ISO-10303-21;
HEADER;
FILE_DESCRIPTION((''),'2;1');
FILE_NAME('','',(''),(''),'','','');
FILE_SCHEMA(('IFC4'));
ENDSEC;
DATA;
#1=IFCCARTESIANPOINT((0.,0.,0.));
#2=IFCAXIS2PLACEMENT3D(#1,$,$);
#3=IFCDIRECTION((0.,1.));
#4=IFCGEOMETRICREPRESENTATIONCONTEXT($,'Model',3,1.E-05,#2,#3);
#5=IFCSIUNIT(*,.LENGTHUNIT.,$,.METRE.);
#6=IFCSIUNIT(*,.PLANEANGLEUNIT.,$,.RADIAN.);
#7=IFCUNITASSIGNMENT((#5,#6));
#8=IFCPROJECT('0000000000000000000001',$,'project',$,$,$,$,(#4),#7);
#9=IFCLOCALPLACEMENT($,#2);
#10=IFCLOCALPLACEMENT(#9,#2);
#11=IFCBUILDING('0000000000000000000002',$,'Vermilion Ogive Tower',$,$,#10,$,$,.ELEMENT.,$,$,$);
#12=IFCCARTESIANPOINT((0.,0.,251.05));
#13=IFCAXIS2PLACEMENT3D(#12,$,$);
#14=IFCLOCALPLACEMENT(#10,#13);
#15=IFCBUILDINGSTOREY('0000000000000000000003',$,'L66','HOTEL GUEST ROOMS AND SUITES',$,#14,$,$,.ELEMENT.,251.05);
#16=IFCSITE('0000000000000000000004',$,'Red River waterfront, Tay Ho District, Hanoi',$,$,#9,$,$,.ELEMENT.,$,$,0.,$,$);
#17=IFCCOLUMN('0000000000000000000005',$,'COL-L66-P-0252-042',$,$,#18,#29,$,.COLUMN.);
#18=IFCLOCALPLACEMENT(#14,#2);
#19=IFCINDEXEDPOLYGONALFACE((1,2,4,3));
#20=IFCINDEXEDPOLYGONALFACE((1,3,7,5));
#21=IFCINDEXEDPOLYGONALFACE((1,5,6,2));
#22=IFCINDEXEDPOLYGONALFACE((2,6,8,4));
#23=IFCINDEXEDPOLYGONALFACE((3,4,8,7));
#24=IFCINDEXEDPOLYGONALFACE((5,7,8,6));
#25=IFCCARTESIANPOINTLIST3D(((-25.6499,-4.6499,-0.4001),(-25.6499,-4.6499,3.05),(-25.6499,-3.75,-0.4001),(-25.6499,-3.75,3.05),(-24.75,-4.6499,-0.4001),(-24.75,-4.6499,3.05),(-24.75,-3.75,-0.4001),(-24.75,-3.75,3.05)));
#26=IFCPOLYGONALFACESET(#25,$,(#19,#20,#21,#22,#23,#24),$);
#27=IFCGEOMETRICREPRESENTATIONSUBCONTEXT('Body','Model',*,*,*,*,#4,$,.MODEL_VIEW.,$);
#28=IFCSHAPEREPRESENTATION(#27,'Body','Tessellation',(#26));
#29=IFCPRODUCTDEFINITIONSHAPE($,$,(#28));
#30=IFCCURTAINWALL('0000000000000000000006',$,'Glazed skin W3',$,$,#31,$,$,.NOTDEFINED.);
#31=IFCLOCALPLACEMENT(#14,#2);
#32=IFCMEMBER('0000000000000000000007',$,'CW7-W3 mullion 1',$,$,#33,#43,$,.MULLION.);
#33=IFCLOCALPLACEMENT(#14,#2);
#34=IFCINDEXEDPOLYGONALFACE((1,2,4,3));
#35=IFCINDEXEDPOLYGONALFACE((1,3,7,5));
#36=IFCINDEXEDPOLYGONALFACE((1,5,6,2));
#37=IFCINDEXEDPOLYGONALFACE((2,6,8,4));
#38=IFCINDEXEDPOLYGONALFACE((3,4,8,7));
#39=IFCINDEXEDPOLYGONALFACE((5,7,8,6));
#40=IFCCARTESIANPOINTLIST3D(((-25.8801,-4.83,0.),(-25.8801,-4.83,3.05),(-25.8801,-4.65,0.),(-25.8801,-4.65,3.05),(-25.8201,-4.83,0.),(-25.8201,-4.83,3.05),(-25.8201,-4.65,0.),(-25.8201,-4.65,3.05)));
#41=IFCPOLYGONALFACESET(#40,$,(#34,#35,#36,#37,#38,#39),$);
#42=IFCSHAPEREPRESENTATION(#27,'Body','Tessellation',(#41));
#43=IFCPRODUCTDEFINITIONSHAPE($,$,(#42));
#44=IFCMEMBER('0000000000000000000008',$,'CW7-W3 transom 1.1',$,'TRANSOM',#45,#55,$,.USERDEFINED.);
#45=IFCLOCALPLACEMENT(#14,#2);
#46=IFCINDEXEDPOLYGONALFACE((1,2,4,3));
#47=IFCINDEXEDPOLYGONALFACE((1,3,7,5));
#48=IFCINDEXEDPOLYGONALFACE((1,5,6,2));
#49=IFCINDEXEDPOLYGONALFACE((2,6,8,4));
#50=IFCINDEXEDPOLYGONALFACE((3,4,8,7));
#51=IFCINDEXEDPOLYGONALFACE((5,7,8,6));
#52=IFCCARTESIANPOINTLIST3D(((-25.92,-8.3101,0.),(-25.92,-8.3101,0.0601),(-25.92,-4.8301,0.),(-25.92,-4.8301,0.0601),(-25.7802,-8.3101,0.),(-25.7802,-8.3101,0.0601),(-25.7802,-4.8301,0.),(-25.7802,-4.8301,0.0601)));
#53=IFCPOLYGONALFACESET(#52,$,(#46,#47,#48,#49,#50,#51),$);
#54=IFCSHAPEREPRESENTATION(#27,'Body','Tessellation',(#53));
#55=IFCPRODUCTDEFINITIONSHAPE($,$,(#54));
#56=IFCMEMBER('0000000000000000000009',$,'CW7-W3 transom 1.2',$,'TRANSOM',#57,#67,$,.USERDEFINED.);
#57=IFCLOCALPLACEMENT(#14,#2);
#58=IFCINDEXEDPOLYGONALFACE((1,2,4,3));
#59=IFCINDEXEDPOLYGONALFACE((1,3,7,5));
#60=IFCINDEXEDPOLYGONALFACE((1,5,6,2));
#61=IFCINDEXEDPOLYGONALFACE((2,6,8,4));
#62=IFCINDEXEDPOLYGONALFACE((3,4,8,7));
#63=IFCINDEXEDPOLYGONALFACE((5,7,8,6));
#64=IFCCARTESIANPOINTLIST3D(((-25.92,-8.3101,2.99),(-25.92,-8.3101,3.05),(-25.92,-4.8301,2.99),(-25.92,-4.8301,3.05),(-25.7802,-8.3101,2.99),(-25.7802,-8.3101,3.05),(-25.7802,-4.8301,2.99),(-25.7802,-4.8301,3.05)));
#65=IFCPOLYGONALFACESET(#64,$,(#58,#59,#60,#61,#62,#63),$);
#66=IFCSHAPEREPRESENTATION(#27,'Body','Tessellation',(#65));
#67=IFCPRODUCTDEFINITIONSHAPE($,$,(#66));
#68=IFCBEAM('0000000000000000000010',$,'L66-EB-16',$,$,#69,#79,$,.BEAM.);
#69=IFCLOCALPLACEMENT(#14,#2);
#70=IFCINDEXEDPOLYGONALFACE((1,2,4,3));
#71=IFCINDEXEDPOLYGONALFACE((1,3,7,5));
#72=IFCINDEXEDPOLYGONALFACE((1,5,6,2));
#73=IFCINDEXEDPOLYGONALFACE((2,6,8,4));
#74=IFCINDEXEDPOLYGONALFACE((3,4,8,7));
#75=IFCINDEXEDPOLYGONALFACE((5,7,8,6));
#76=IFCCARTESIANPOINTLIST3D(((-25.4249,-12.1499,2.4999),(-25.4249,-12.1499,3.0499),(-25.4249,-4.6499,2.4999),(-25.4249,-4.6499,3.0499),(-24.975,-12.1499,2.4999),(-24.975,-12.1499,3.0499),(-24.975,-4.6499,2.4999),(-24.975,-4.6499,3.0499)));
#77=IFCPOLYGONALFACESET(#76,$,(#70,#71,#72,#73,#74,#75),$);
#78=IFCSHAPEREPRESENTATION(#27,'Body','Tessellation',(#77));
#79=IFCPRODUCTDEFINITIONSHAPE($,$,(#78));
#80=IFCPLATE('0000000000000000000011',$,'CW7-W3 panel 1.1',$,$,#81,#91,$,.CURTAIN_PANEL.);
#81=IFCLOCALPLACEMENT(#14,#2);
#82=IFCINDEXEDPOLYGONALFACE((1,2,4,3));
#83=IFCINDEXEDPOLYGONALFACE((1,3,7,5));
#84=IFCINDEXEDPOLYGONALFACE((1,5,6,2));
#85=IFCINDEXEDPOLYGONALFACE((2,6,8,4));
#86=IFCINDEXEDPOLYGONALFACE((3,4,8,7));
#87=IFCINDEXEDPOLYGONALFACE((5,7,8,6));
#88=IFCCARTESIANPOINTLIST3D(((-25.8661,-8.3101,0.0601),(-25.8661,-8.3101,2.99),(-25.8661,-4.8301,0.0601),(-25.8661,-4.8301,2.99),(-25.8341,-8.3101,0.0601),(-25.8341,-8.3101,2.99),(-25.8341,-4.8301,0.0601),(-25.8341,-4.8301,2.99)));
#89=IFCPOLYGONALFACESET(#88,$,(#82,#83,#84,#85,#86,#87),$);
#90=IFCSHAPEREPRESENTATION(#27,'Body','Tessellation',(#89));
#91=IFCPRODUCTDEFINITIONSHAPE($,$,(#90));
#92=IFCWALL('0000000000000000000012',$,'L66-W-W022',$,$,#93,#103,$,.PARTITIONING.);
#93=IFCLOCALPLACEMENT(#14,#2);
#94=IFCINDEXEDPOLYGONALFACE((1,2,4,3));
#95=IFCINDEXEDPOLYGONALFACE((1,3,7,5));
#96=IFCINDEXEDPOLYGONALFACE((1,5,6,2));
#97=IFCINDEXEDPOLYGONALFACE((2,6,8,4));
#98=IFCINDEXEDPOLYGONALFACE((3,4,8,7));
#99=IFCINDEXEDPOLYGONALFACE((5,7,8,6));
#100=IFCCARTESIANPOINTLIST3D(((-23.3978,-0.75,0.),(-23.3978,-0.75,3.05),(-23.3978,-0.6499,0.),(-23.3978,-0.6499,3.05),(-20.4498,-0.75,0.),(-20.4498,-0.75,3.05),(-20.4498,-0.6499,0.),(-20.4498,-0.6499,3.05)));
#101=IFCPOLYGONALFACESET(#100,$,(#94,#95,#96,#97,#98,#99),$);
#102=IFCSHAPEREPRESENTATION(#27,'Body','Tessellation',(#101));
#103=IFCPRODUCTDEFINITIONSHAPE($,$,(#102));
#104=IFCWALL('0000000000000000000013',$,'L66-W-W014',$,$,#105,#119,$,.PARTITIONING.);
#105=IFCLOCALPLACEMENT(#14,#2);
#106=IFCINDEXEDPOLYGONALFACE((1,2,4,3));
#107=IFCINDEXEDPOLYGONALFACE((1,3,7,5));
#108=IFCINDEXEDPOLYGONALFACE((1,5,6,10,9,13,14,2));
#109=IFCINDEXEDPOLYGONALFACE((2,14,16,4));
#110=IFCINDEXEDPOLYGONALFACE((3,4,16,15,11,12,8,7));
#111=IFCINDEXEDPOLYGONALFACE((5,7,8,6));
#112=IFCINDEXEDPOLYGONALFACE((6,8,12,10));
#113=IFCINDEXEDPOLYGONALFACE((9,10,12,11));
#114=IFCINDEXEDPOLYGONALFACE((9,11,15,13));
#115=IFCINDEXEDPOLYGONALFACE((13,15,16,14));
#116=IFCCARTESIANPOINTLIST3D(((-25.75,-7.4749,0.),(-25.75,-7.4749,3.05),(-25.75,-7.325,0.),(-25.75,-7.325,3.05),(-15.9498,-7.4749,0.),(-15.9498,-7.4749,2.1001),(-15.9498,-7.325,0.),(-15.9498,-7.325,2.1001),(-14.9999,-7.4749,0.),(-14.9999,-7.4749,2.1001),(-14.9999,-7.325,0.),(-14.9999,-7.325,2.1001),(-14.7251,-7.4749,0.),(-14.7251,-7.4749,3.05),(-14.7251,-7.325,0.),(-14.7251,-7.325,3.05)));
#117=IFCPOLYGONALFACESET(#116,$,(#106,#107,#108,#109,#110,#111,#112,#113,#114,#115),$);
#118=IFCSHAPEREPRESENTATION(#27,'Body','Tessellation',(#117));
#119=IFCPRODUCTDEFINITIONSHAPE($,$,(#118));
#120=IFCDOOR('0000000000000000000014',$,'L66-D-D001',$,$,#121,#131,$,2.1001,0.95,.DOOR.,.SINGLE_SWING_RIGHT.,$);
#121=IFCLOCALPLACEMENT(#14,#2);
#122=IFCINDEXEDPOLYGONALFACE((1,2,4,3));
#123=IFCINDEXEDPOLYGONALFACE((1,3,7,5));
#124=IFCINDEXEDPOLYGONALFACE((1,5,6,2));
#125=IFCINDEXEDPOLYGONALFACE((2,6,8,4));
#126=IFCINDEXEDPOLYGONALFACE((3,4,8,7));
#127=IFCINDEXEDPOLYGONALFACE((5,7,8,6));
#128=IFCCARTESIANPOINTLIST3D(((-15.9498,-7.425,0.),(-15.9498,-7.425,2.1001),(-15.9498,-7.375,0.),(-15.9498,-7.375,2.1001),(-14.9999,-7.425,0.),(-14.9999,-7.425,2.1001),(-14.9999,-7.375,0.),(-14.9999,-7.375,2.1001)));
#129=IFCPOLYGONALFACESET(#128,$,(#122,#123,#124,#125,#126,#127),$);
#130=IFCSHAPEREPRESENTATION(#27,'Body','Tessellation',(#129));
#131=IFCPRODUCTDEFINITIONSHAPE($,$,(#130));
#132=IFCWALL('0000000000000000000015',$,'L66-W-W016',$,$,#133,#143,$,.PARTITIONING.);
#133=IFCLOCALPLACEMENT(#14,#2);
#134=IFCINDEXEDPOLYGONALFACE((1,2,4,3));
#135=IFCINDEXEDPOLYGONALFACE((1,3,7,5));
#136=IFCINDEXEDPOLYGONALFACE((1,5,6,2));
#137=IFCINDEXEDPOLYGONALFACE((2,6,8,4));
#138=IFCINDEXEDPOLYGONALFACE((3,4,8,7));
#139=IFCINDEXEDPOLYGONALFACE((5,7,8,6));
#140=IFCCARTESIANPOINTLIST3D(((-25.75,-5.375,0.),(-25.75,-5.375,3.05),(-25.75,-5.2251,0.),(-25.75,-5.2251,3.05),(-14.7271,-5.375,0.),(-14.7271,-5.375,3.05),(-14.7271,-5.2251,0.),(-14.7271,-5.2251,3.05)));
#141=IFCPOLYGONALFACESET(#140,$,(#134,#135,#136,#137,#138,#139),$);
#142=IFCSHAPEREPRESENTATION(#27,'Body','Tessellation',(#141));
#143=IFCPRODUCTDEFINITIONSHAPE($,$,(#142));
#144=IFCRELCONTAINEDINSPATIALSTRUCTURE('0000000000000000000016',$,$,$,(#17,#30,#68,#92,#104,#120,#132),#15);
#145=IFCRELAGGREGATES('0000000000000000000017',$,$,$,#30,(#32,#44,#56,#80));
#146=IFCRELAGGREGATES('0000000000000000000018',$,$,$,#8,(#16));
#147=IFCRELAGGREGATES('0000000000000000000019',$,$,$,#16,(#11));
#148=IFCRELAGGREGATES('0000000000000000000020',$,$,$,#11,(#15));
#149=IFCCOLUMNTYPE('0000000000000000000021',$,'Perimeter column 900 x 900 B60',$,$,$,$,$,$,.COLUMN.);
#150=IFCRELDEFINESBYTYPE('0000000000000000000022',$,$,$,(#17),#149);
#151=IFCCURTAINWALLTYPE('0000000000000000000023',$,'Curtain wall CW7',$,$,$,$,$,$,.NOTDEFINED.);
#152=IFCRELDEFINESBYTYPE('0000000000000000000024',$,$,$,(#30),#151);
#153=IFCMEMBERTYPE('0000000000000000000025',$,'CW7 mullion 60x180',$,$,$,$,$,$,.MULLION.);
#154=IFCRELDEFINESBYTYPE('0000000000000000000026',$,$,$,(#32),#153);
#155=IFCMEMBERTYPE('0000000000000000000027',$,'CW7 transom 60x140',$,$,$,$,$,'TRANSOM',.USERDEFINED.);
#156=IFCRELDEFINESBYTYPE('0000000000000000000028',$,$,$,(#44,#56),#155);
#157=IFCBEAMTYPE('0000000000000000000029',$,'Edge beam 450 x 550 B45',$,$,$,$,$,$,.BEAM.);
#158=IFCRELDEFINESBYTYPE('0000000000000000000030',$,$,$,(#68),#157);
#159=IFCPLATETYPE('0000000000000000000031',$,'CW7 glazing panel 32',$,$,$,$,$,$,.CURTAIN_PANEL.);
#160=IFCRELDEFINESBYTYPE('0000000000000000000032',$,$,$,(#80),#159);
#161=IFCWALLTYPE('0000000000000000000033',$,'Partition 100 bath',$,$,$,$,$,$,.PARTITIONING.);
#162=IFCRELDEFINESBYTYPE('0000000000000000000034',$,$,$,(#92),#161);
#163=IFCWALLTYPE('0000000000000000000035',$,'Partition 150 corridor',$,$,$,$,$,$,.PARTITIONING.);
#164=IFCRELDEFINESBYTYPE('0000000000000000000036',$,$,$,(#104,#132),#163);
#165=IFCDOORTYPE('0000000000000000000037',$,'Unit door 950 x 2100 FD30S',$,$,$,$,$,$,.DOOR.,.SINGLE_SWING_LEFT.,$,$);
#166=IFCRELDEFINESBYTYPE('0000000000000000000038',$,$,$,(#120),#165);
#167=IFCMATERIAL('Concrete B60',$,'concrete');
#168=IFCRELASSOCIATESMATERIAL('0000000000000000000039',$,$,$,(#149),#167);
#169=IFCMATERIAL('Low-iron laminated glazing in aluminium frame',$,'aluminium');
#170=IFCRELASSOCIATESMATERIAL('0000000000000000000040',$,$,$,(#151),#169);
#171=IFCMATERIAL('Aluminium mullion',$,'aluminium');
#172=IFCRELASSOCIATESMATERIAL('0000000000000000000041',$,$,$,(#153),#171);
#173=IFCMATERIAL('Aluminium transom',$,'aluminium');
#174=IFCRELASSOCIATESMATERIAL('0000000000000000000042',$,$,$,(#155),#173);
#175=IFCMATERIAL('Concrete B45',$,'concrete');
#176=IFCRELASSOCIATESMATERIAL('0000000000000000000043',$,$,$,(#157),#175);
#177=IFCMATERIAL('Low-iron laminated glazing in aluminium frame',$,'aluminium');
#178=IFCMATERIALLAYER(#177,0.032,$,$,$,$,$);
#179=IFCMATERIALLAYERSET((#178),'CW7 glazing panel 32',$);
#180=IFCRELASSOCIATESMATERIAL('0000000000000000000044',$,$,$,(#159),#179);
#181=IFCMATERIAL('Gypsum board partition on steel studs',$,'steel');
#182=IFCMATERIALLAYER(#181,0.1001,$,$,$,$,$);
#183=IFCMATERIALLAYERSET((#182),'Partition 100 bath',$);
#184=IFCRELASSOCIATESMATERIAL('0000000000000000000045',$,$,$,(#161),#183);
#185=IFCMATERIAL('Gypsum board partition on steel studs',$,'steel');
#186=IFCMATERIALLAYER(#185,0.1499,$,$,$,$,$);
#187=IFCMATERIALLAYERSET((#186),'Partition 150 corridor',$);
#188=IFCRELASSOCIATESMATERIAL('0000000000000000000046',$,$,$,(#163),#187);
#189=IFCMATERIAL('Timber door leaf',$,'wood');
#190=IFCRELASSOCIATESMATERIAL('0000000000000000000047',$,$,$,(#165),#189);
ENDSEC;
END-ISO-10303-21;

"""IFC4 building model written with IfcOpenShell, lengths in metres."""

from ifc_helpers import new_model, si_unit, direction, frame, frame_2d, origin, origin_2d, place, context, subcontext, project, spatial, rectangle, extrude, material, layer, layer_set, material_profile, profile_set, type_object, element, fill, aggregate, save


model = new_model("IFC4")

# Units and contexts
model_context = context("Model", 3, precision=1e-05, world=origin(), true_north=direction((0.0, 1.0)))
body_context = subcontext(model_context, "Body", "Model", "MODEL_VIEW")
ifc_project = project(units=[si_unit("LENGTHUNIT", "METRE"), si_unit("PLANEANGLEUNIT", "RADIAN")], contexts=[model_context])

# Site, building, storey
site_placement = place(None, origin())
site = spatial("IfcSite", under=ifc_project, at=site_placement, Name="Red River waterfront, Tay Ho District, Hanoi", CompositionType="ELEMENT", RefElevation=0.0)
building_placement = place(site_placement, origin())
building = spatial("IfcBuilding", under=site, at=building_placement, Name="Vermilion Ogive Tower", CompositionType="ELEMENT")
storey_placement = place(building_placement, frame((0.0, 0.0, 251.05)))
storey = spatial("IfcBuildingStorey", under=building, at=storey_placement, Name="L66", Description="HOTEL GUEST ROOMS AND SUITES", CompositionType="ELEMENT", Elevation=251.05)

# Column
ifc_material_1 = material(Name="Concrete B60", Category="concrete")
ifc_material_profile_1 = material_profile(ifc_material_1, rectangle(XDim=0.8999, YDim=0.8999, at=origin_2d()), Name="900 x 900")
ifc_profile_set_1 = profile_set([ifc_material_profile_1], Name="Concrete B60")
column_type = type_object("IfcColumnType", Name="Perimeter column 900 x 900 B60", PredefinedType="COLUMN", material=ifc_profile_set_1)
column_placement = place(storey_placement, frame((-25.2, -4.2, -0.4001), z_axis=(0.0, 0.0, 1.0), x_axis=(1.0, 0.0, 0.0)))
element("IfcColumn", 1, at=column_placement, inside=storey, type_object=column_type, Name="COL-L66-P-0252-042", PredefinedType="COLUMN", context=body_context, shape_type="SweptSolid", body=[
    extrude(rectangle(XDim=0.8999, YDim=0.8999, at=origin_2d()), origin(), (0.0, 0.0, 1.0), 3.4502),
])

# Curtain wall, members
ifc_material_2 = material(Name="Low-iron laminated glazing in aluminium frame", Category="aluminium")
curtain_wall_type = type_object("IfcCurtainWallType", Name="Curtain wall CW7", PredefinedType="NOTDEFINED", material=ifc_material_2)
curtain_wall_placement = place(storey_placement, origin())
curtain_wall = element("IfcCurtainWall", 2, at=curtain_wall_placement, inside=storey, type_object=curtain_wall_type, Name="Glazed skin W3", PredefinedType="NOTDEFINED")
ifc_material_3 = material(Name="Aluminium mullion", Category="aluminium")
ifc_material_profile_2 = material_profile(ifc_material_3, rectangle(XDim=0.0601, YDim=0.1799, at=origin_2d()), Name="AL 60x180")
ifc_profile_set_2 = profile_set([ifc_material_profile_2], Name="Aluminium mullion")
member_type_1 = type_object("IfcMemberType", Name="CW7 mullion 60x180", PredefinedType="MULLION", material=ifc_profile_set_2)
member_1_placement = place(storey_placement, frame((-25.8501, -4.74, 0.0), z_axis=(0.0, 0.0, 1.0), x_axis=(1.0, 0.0, 0.0)))
member_1 = element("IfcMember", 3, at=member_1_placement, type_object=member_type_1, Name="CW7-W3 mullion 1", PredefinedType="MULLION", context=body_context, shape_type="SweptSolid", body=[
    extrude(rectangle(XDim=0.0601, YDim=0.1799, at=origin_2d()), origin(), (0.0, 0.0, 1.0), 3.05),
])
ifc_material_4 = material(Name="Aluminium transom", Category="aluminium")
ifc_material_profile_3 = material_profile(ifc_material_4, rectangle(XDim=0.1399, YDim=0.0601, at=origin_2d()), Name="AL 60x140")
ifc_profile_set_3 = profile_set([ifc_material_profile_3], Name="Aluminium transom")
member_type_2 = type_object("IfcMemberType", Name="CW7 transom 60x140", ElementType="TRANSOM", PredefinedType="USERDEFINED", material=ifc_profile_set_3)
member_2_placement = place(storey_placement, frame((-25.8501, -4.8301, 0.03), z_axis=(0.0, -1.0, 0.0), x_axis=(1.0, 0.0, 0.0)))
member_2 = element("IfcMember", 4, at=member_2_placement, type_object=member_type_2, Name="CW7-W3 transom 1.1", ObjectType="TRANSOM", PredefinedType="USERDEFINED", context=body_context, shape_type="SweptSolid", body=[
    extrude(rectangle(XDim=0.1399, YDim=0.0601, at=origin_2d()), origin(), (0.0, 0.0, 1.0), 3.48),
])
member_3_placement = place(storey_placement, frame((-25.8501, -4.8301, 3.02), z_axis=(0.0, -1.0, 0.0), x_axis=(1.0, 0.0, 0.0)))
member_3 = element("IfcMember", 5, at=member_3_placement, type_object=member_type_2, Name="CW7-W3 transom 1.2", ObjectType="TRANSOM", PredefinedType="USERDEFINED", context=body_context, shape_type="SweptSolid", body=[
    extrude(rectangle(XDim=0.1399, YDim=0.0601, at=origin_2d()), origin(), (0.0, 0.0, 1.0), 3.48),
])

# Beam
ifc_material_5 = material(Name="Concrete B45", Category="concrete")
ifc_material_profile_4 = material_profile(ifc_material_5, rectangle(XDim=0.45, YDim=0.55, at=origin_2d()), Name="450 x 550")
ifc_profile_set_4 = profile_set([ifc_material_profile_4], Name="Concrete B45")
beam_type = type_object("IfcBeamType", Name="Edge beam 450 x 550 B45", PredefinedType="BEAM", material=ifc_profile_set_4)
beam_placement = place(storey_placement, frame((-25.2, -4.6499, 2.7749), z_axis=(0.0, -1.0, 0.0), x_axis=(1.0, 0.0, 0.0)))
element("IfcBeam", 6, at=beam_placement, inside=storey, type_object=beam_type, Name="L66-EB-16", PredefinedType="BEAM", context=body_context, shape_type="SweptSolid", body=[
    extrude(rectangle(XDim=0.45, YDim=0.55, at=origin_2d()), origin(), (0.0, 0.0, 1.0), 7.5),
])

# Plate
ifc_material_6 = material(Name="Low-iron laminated glazing in aluminium frame", Category="aluminium")
ifc_layer_1 = layer(ifc_material_6, 0.032)
ifc_layer_set_1 = layer_set([ifc_layer_1], Name="CW7 glazing panel 32")
plate_type = type_object("IfcPlateType", Name="CW7 glazing panel 32", PredefinedType="CURTAIN_PANEL", material=ifc_layer_set_1)
plate_placement = place(storey_placement, frame((-25.8501, -6.5701, 0.0601), z_axis=(0.0, 0.0, 1.0), x_axis=(0.0, -1.0, 0.0)))
plate = element("IfcPlate", 7, at=plate_placement, type_object=plate_type, Name="CW7-W3 panel 1.1", PredefinedType="CURTAIN_PANEL", context=body_context, shape_type="SweptSolid", body=[
    extrude(rectangle(XDim=3.48, YDim=0.032, at=origin_2d()), origin(), (0.0, 0.0, 1.0), 2.9299),
])
aggregate(curtain_wall, [member_1, member_2, member_3, plate])

# Wall
ifc_material_7 = material(Name="Gypsum board partition on steel studs", Category="steel")
ifc_layer_2 = layer(ifc_material_7, 0.1001)
ifc_layer_set_2 = layer_set([ifc_layer_2], Name="Partition 100 bath")
wall_type_1 = type_object("IfcWallType", Name="Partition 100 bath", PredefinedType="PARTITIONING", material=ifc_layer_set_2)
wall_1_placement = place(storey_placement, frame((-23.3979, -0.7, 0.0), z_axis=(0.0, 0.0, 1.0), x_axis=(1.0, 0.0, 0.0)))
element("IfcWall", 8, at=wall_1_placement, inside=storey, type_object=wall_type_1, Name="L66-W-W022", PredefinedType="PARTITIONING", context=body_context, shape_type="SweptSolid", body=[
    extrude(rectangle(XDim=2.948, YDim=0.1001, at=frame_2d((1.4741, 0.0))), origin(), (0.0, 0.0, 1.0), 3.05),
])

# Wall, opening, door
ifc_material_8 = material(Name="Gypsum board partition on steel studs", Category="steel")
ifc_layer_3 = layer(ifc_material_8, 0.1499)
ifc_layer_set_3 = layer_set([ifc_layer_3], Name="Partition 150 corridor")
wall_type_2 = type_object("IfcWallType", Name="Partition 150 corridor", PredefinedType="PARTITIONING", material=ifc_layer_set_3)
wall_2_placement = place(storey_placement, frame((-25.75, -7.3999, 0.0), z_axis=(0.0, 0.0, 1.0), x_axis=(1.0, 0.0, 0.0)))
wall_2 = element("IfcWall", 9, at=wall_2_placement, inside=storey, type_object=wall_type_2, Name="L66-W-W014", PredefinedType="PARTITIONING", context=body_context, shape_type="SweptSolid", body=[
    extrude(rectangle(XDim=11.0249, YDim=0.1499, at=frame_2d((5.5125, 0.0))), origin(), (0.0, 0.0, 1.0), 3.05),
])
opening_1_placement = place(wall_2_placement, frame((9.8, 0.0, 0.0)))
opening_1 = element("IfcOpeningElement", 10, at=opening_1_placement, cuts=wall_2, PredefinedType="OPENING", context=body_context, shape_type="SweptSolid", body=[
    extrude(rectangle(XDim=0.95, YDim=2.1001, at=frame_2d((0.4751, 1.05))), frame((0.0, 0.085, 0.0), z_axis=(0.0, -1.0, 0.0), x_axis=(1.0, 0.0, 0.0)), (0.0, 0.0, 1.0), 0.1699),
])
ifc_material_9 = material(Name="Timber door leaf", Category="wood")
door_type_1 = type_object("IfcDoorType", Name="Unit door 950 x 2100 FD30S", OperationType="SINGLE_SWING_LEFT", PredefinedType="DOOR", material=ifc_material_9)
door_1_placement = place(opening_1_placement, origin())
door_1 = element("IfcDoor", 11, at=door_1_placement, inside=storey, type_object=door_type_1, Name="L66-D-D001", OperationType="SINGLE_SWING_RIGHT", OverallHeight=2.1001, OverallWidth=0.95, PredefinedType="DOOR", context=body_context, shape_type="SweptSolid", body=[
    extrude(rectangle(XDim=0.95, YDim=2.1001, at=frame_2d((0.4751, 1.05))), frame((0.0, 0.0249, 0.0), z_axis=(0.0, -1.0, 0.0), x_axis=(1.0, 0.0, 0.0)), (0.0, 0.0, 1.0), 0.05),
])
fill(opening_1, door_1)

# Wall
wall_3_placement = place(storey_placement, frame((-25.75, -5.3, 0.0), z_axis=(0.0, 0.0, 1.0), x_axis=(1.0, 0.0, 0.0)))
element("IfcWall", 12, at=wall_3_placement, inside=storey, type_object=wall_type_2, Name="L66-W-W016", PredefinedType="PARTITIONING", context=body_context, shape_type="SweptSolid", body=[
    extrude(rectangle(XDim=11.0229, YDim=0.1499, at=frame_2d((5.5115, 0.0))), origin(), (0.0, 0.0, 1.0), 3.05),
])

save(model, "model.ifc")
